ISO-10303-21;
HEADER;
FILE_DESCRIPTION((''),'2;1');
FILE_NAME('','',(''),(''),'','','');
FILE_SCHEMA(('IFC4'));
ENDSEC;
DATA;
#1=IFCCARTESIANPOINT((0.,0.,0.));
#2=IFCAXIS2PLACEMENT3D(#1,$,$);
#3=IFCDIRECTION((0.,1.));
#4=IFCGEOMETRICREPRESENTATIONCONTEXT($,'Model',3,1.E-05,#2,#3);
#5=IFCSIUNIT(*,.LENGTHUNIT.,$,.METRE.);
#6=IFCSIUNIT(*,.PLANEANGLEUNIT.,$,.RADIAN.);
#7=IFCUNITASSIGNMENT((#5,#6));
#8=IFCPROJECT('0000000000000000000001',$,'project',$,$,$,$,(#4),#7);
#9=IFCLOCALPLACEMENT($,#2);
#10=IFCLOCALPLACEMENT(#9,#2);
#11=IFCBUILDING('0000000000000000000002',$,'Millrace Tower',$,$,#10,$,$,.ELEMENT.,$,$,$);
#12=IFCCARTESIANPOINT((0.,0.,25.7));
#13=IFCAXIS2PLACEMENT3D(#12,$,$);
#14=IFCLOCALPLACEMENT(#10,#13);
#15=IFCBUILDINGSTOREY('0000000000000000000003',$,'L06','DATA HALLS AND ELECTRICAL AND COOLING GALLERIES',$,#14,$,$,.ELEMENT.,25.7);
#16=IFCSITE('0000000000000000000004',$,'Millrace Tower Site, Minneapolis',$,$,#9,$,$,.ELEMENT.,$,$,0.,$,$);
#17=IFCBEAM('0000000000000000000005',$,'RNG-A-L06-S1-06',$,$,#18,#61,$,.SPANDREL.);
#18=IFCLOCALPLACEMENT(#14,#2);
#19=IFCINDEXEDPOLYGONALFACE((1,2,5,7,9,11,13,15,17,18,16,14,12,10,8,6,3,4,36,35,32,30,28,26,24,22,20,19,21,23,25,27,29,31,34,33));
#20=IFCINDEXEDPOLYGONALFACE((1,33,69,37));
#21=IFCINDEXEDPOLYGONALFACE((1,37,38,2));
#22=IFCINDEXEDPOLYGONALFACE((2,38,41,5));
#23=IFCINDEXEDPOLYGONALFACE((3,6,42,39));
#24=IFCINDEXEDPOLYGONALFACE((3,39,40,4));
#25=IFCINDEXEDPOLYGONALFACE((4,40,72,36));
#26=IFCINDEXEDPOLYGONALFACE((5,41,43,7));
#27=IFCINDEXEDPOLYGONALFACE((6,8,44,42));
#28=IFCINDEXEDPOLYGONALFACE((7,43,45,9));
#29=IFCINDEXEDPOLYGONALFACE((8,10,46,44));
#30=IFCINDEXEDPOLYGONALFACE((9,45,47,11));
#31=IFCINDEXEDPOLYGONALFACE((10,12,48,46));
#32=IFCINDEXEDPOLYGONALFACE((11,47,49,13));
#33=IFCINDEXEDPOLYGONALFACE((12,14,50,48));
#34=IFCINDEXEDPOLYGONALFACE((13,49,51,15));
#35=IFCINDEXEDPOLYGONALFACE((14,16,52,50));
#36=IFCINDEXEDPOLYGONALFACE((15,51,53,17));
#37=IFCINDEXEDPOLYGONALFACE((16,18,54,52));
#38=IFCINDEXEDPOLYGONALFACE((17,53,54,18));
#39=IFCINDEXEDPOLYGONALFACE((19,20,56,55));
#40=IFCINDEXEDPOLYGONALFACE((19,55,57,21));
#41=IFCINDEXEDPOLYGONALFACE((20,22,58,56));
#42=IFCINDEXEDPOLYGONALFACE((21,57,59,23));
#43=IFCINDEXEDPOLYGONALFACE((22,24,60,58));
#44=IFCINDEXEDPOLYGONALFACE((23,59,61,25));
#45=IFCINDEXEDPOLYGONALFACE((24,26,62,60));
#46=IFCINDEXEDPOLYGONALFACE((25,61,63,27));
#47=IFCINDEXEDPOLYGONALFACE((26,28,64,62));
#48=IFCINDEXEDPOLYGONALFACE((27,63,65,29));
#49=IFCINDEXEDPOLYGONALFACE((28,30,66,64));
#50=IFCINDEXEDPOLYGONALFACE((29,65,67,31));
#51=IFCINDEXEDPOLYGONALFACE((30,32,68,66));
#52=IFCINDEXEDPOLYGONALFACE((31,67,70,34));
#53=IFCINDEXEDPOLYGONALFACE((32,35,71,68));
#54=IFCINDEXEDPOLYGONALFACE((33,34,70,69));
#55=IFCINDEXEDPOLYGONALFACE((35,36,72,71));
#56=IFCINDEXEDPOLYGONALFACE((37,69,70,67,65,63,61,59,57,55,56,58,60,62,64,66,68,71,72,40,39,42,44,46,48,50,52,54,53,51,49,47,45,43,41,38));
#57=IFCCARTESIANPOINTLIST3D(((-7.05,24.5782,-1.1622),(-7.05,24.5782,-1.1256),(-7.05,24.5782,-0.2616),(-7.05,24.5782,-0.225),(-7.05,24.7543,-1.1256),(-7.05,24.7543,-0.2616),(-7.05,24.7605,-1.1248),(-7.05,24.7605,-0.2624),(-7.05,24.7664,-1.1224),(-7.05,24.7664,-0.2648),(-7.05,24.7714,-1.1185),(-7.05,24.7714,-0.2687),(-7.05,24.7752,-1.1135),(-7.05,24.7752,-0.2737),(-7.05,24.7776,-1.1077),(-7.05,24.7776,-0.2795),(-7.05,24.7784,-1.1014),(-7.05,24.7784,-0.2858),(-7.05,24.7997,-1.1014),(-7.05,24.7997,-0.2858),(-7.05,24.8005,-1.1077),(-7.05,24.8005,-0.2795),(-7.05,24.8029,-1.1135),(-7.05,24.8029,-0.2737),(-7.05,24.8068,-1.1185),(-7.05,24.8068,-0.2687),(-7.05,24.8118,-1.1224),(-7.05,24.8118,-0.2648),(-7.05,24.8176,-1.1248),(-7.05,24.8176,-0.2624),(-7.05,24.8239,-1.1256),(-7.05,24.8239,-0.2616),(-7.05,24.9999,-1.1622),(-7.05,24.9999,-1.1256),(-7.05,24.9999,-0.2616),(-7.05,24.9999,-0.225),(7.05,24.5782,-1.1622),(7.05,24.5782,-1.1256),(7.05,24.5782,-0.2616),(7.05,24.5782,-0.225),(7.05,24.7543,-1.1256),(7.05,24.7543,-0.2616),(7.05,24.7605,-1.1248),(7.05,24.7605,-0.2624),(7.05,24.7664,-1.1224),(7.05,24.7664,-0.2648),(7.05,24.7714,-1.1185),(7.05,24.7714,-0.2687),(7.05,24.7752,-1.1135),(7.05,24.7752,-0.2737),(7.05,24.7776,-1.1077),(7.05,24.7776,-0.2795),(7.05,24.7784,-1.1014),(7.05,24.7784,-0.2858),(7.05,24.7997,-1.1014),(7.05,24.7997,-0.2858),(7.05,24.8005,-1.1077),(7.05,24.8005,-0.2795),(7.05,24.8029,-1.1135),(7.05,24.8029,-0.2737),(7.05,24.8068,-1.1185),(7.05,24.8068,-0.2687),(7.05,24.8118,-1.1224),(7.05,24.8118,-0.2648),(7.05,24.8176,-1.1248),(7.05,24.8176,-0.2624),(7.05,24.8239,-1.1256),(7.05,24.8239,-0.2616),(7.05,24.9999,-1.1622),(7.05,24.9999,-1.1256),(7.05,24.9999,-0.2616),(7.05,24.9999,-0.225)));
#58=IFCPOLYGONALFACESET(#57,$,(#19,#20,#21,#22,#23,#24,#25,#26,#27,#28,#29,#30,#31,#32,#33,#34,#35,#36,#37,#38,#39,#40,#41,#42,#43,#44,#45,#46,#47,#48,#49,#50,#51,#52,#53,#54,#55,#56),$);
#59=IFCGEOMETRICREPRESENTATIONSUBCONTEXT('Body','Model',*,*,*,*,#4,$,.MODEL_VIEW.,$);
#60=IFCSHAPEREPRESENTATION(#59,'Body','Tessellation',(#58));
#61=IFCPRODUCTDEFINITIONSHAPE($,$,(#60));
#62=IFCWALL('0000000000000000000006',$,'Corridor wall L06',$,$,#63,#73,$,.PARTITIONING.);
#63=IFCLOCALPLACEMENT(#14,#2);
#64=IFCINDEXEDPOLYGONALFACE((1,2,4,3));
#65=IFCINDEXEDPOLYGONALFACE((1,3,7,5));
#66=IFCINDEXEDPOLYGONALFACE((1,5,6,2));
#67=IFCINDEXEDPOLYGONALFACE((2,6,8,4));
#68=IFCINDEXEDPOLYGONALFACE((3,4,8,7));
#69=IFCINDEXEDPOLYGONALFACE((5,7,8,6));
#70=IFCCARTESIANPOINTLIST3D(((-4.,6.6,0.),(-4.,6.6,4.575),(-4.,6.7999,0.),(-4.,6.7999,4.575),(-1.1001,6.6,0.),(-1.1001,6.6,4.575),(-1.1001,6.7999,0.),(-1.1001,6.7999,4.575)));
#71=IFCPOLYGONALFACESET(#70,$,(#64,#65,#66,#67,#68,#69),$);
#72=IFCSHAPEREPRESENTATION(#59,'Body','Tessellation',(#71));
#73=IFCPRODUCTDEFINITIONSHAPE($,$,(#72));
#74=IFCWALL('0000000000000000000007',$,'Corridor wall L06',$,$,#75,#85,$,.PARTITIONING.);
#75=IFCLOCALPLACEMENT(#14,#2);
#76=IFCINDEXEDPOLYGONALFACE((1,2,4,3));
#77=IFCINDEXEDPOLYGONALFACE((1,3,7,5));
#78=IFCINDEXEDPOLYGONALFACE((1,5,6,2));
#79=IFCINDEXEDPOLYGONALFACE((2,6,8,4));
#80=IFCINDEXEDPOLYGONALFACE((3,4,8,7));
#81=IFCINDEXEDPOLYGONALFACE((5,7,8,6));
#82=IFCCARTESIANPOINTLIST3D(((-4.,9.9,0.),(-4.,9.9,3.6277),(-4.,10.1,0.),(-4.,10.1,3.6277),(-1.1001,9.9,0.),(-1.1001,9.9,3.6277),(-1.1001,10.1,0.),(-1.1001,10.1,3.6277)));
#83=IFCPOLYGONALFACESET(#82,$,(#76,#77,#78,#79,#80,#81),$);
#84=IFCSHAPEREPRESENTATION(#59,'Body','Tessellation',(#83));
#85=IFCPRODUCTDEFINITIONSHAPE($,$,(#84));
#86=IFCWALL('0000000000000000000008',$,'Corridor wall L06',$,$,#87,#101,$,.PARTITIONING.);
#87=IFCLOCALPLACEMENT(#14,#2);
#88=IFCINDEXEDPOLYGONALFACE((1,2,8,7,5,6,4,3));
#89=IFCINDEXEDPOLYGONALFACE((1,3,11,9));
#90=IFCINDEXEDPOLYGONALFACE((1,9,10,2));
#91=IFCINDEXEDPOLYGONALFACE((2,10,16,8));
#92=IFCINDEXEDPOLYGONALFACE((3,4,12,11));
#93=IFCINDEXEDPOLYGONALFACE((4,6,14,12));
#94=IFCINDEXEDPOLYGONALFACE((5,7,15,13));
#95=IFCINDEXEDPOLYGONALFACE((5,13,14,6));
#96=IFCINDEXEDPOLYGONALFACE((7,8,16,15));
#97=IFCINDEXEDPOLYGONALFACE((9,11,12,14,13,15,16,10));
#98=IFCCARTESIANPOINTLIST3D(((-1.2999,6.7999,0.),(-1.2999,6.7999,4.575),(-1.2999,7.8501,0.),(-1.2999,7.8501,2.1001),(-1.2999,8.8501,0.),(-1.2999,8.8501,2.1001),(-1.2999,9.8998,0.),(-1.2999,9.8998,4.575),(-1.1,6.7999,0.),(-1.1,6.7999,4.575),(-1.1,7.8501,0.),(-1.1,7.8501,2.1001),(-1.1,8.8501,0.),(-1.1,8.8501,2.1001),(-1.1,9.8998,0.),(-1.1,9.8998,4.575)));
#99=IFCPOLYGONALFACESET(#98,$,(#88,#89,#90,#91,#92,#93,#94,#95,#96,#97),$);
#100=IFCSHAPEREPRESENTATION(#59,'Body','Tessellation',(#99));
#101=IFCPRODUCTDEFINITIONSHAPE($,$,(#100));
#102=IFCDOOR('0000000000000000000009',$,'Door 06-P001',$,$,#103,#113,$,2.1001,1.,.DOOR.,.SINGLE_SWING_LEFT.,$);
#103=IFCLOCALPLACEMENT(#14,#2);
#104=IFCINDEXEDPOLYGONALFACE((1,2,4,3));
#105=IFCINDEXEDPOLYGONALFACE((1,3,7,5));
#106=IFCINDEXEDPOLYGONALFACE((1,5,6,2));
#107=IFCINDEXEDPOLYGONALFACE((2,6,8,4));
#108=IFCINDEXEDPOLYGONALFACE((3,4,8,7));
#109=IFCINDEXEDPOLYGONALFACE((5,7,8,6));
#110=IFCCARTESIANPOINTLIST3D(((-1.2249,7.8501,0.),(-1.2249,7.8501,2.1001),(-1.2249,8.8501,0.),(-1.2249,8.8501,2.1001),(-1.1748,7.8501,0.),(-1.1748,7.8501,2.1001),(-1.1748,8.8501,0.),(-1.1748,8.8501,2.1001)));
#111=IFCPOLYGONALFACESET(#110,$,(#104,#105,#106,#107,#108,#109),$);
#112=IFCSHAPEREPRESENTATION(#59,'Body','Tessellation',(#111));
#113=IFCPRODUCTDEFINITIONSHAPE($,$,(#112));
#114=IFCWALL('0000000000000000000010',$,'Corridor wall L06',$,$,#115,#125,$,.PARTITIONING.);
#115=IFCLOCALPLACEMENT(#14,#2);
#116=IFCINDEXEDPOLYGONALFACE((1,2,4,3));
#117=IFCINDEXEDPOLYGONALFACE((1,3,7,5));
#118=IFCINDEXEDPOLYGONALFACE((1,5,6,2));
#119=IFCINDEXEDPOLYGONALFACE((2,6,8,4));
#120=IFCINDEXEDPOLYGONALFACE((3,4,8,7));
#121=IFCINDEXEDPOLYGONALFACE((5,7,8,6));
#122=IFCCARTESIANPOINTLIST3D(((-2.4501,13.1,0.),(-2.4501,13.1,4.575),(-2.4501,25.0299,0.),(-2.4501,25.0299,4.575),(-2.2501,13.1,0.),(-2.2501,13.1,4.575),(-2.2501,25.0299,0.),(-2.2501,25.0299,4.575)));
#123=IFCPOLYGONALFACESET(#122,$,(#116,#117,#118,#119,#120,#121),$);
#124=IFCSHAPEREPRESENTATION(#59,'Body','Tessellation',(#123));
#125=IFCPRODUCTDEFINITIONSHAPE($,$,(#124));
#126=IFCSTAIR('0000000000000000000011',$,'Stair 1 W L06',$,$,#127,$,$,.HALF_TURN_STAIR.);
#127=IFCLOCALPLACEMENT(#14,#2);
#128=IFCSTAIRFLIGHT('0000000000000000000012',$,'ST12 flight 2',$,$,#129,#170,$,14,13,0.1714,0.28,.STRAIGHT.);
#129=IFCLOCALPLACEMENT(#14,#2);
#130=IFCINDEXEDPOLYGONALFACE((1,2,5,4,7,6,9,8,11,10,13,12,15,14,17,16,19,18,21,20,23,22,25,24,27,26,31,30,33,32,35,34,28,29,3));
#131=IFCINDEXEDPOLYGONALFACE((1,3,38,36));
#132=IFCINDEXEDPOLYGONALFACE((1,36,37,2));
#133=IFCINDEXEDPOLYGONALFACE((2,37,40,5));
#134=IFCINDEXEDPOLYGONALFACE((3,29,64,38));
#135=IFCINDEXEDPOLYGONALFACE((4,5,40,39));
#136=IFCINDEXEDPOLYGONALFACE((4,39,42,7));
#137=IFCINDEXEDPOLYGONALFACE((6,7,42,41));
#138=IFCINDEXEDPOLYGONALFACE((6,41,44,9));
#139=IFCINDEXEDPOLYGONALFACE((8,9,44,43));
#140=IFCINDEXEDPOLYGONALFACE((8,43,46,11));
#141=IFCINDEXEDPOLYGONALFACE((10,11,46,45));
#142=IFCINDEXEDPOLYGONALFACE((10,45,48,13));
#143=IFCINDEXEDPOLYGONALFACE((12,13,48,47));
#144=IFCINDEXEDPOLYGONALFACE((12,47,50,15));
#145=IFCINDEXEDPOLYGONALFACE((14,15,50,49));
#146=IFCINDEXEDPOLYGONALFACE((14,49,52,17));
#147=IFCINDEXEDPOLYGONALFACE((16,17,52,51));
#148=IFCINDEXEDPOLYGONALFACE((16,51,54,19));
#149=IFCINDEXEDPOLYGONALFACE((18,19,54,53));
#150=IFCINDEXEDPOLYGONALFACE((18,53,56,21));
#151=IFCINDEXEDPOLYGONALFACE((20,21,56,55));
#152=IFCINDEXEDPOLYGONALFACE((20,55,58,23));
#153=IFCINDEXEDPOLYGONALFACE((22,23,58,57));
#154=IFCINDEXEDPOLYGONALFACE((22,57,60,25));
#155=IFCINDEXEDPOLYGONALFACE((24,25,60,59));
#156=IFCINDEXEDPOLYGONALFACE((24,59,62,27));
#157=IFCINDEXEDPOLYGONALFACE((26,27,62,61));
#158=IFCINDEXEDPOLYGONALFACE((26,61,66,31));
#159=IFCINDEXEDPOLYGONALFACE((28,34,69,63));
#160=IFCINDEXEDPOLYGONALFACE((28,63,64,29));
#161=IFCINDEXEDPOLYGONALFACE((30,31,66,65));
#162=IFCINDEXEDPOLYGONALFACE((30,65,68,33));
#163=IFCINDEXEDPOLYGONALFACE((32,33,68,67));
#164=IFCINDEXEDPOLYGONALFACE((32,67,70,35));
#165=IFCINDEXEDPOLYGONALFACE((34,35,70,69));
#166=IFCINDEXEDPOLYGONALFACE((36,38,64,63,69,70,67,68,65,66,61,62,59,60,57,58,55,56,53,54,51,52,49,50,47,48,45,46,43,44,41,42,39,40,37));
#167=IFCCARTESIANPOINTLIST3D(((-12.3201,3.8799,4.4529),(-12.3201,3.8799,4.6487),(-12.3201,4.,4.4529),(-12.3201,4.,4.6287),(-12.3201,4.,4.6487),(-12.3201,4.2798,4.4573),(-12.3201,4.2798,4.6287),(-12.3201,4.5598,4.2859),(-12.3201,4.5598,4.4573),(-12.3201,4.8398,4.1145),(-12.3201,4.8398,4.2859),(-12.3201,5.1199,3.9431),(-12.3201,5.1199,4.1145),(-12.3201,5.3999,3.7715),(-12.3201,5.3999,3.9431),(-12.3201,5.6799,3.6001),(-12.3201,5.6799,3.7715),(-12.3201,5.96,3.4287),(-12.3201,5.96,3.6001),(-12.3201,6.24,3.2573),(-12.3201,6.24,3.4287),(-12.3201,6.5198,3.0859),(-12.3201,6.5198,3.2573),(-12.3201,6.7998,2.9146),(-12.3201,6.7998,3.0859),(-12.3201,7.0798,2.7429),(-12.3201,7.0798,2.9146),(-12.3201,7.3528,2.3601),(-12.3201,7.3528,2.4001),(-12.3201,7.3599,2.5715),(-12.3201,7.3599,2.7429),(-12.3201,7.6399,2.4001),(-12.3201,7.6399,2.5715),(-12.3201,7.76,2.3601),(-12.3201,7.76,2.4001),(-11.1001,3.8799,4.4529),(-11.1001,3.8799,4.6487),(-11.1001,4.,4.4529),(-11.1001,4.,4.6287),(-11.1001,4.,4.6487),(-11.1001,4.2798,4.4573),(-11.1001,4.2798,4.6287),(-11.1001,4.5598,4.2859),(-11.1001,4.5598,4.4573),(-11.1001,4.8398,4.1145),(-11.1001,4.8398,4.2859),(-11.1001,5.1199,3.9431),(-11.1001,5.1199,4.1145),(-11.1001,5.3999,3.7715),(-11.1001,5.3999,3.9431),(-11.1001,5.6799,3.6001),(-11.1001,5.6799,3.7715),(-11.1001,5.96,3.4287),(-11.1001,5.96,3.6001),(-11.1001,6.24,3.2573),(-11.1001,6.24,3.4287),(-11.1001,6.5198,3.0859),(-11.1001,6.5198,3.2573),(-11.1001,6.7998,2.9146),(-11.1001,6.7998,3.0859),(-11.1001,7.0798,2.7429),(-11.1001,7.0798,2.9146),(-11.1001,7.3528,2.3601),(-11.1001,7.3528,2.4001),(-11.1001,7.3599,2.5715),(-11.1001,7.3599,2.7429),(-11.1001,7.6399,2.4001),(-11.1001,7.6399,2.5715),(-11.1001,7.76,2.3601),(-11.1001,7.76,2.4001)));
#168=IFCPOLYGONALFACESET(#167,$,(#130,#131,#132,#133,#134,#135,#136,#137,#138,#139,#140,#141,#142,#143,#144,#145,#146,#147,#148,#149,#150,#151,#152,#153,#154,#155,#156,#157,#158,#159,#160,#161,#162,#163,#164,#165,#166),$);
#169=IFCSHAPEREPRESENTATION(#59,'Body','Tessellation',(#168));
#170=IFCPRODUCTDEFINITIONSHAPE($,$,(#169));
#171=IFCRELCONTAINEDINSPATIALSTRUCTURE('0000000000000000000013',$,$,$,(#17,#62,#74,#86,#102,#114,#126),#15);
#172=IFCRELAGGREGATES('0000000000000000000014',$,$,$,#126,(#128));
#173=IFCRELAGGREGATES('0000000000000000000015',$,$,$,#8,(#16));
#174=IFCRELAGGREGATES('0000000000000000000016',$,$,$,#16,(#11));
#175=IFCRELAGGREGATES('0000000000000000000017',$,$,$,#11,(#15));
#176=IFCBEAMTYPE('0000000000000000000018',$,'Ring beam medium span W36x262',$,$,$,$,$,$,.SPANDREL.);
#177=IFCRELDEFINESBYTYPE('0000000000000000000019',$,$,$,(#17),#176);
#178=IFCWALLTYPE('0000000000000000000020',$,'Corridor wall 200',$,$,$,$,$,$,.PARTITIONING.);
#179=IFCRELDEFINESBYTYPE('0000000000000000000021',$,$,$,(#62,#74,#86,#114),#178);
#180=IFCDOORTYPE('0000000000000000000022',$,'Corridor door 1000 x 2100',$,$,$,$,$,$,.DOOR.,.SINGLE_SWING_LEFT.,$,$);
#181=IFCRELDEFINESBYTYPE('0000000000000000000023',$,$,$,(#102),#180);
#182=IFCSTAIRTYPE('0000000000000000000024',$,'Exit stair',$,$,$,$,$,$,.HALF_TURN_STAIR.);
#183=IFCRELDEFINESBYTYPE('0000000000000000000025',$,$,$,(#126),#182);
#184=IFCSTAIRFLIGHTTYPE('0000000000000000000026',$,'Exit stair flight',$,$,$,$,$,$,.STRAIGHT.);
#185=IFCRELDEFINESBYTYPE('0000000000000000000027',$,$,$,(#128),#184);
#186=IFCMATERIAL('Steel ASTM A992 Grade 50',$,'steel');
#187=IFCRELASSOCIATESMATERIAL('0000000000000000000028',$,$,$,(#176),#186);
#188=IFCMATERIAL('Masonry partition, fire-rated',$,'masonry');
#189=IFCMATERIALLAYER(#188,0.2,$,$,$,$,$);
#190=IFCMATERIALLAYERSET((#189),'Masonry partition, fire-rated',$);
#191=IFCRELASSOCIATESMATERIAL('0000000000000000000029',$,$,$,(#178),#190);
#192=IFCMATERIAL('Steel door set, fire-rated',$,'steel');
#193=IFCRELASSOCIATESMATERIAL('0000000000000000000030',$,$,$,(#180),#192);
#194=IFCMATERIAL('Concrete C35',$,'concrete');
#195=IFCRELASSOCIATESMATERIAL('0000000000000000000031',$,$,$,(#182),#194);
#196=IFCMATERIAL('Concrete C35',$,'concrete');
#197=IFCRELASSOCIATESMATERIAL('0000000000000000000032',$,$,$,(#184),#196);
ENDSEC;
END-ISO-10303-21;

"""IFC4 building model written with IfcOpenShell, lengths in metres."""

from ifc_helpers import new_model, si_unit, direction, frame, frame_2d, origin, origin_2d, place, context, subcontext, project, spatial, polyline, rectangle, i_section, outline, extrude, material, layer, layer_set, material_profile, profile_set, type_object, element, fill, aggregate, save


model = new_model("IFC4")

# Units and contexts
model_context = context("Model", 3, precision=1e-05, world=origin(), true_north=direction((0.0, 1.0)))
body_context = subcontext(model_context, "Body", "Model", "MODEL_VIEW")
ifc_project = project(units=[si_unit("LENGTHUNIT", "METRE"), si_unit("PLANEANGLEUNIT", "RADIAN")], contexts=[model_context])

# Site, building, storey
site_placement = place(None, origin())
site = spatial("IfcSite", under=ifc_project, at=site_placement, Name="Millrace Tower Site, Minneapolis", CompositionType="ELEMENT", RefElevation=0.0)
building_placement = place(site_placement, origin())
building = spatial("IfcBuilding", under=site, at=building_placement, Name="Millrace Tower", CompositionType="ELEMENT")
storey_placement = place(building_placement, frame((0.0, 0.0, 25.7)))
storey = spatial("IfcBuildingStorey", under=building, at=storey_placement, Name="L06", Description="DATA HALLS AND ELECTRICAL AND COOLING GALLERIES", CompositionType="ELEMENT", Elevation=25.7)

# Shared definitions
placement = place(storey_placement, origin())

# Beam
ifc_material_1 = material(Name="Steel ASTM A992 Grade 50", Category="steel")
ifc_material_profile_1 = material_profile(ifc_material_1, i_section(OverallWidth=0.4216, OverallDepth=0.9373, WebThickness=0.0212, FlangeThickness=0.0366, FilletRadius=0.0242, at=origin_2d()))
ifc_profile_set_1 = profile_set([ifc_material_profile_1], Name="Steel ASTM A992 Grade 50")
beam_type_1 = type_object("IfcBeamType", Name="Ring beam medium span W36x262", PredefinedType="SPANDREL", material=ifc_profile_set_1)
beam_1_placement = place(storey_placement, frame((-7.05, 24.7891, -0.6936), z_axis=(1.0, 0.0, 0.0), x_axis=(0.0, 1.0, 0.0)))
element("IfcBeam", 1, at=beam_1_placement, inside=storey, type_object=beam_type_1, Name="RNG-A-L06-S1-06", PredefinedType="SPANDREL", context=body_context, shape_type="SweptSolid", body=[
    extrude(i_section(OverallWidth=0.4216, OverallDepth=0.9373, WebThickness=0.0212, FlangeThickness=0.0366, FilletRadius=0.0242, at=origin_2d()), origin(), (0.0, 0.0, 1.0), 14.1001),
])

# Walls
ifc_material_2 = material(Name="Masonry partition, fire-rated", Category="masonry")
ifc_layer_1 = layer(ifc_material_2, 0.2)
ifc_layer_set_1 = layer_set([ifc_layer_1], Name="Masonry partition, fire-rated")
wall_type = type_object("IfcWallType", Name="Corridor wall 200", PredefinedType="PARTITIONING", material=ifc_layer_set_1)
wall_1_placement = place(storey_placement, frame((-4.0, 6.7, 0.0), z_axis=(0.0, 0.0, 1.0), x_axis=(1.0, 0.0, 0.0)))
element("IfcWall", 2, at=wall_1_placement, inside=storey, type_object=wall_type, Name="Corridor wall L06", PredefinedType="PARTITIONING", context=body_context, shape_type="SweptSolid", body=[
    extrude(rectangle(XDim=2.8999, YDim=0.2, at=frame_2d((1.45, 0.0))), origin(), (0.0, 0.0, 1.0), 4.575),
])
wall_2_placement = place(storey_placement, frame((-4.0, 10.0, 0.0), z_axis=(0.0, 0.0, 1.0), x_axis=(1.0, 0.0, 0.0)))
element("IfcWall", 3, at=wall_2_placement, inside=storey, type_object=wall_type, Name="Corridor wall L06", PredefinedType="PARTITIONING", context=body_context, shape_type="SweptSolid", body=[
    extrude(rectangle(XDim=2.8999, YDim=0.2, at=frame_2d((1.45, 0.0))), origin(), (0.0, 0.0, 1.0), 3.6277),
])

# Wall, opening, door
wall_3_placement = place(storey_placement, frame((-1.2, 6.8, 0.0), z_axis=(0.0, 0.0, 1.0), x_axis=(0.0, 1.0, 0.0)))
wall_3 = element("IfcWall", 4, at=wall_3_placement, inside=storey, type_object=wall_type, Name="Corridor wall L06", PredefinedType="PARTITIONING", context=body_context, shape_type="SweptSolid", body=[
    extrude(rectangle(XDim=3.0999, YDim=0.2, at=frame_2d((1.5498, 0.0))), origin(), (0.0, 0.0, 1.0), 4.575),
])
opening_placement = place(wall_3_placement, frame((1.05, 0.0, 0.0)))
opening = element("IfcOpeningElement", 5, at=opening_placement, cuts=wall_3, PredefinedType="OPENING", context=body_context, shape_type="SweptSolid", body=[
    extrude(rectangle(XDim=1.0, YDim=2.1001, at=frame_2d((0.5, 1.05))), frame((0.0, 0.1099, 0.0), z_axis=(0.0, -1.0, 0.0), x_axis=(1.0, 0.0, 0.0)), (0.0, 0.0, 1.0), 0.22),
])
ifc_material_3 = material(Name="Steel door set, fire-rated", Category="steel")
door_type = type_object("IfcDoorType", Name="Corridor door 1000 x 2100", OperationType="SINGLE_SWING_LEFT", PredefinedType="DOOR", material=ifc_material_3)
door_placement = place(opening_placement, origin())
door = element("IfcDoor", 6, at=door_placement, inside=storey, type_object=door_type, Name="Door 06-P001", OperationType="SINGLE_SWING_LEFT", OverallHeight=2.1001, OverallWidth=1.0, PredefinedType="DOOR", context=body_context, shape_type="SweptSolid", body=[
    extrude(rectangle(XDim=1.0, YDim=2.1001, at=frame_2d((0.5, 1.05))), frame((0.0, 0.0249, 0.0), z_axis=(0.0, -1.0, 0.0), x_axis=(1.0, 0.0, 0.0)), (0.0, 0.0, 1.0), 0.05),
])
fill(opening, door)

# Wall
wall_4_placement = place(storey_placement, frame((-2.3501, 13.1001, 0.0), z_axis=(0.0, 0.0, 1.0), x_axis=(0.0, 1.0, 0.0)))
element("IfcWall", 7, at=wall_4_placement, inside=storey, type_object=wall_type, Name="Corridor wall L06", PredefinedType="PARTITIONING", context=body_context, shape_type="SweptSolid", body=[
    extrude(rectangle(XDim=11.9299, YDim=0.2, at=frame_2d((5.9648, 0.0))), origin(), (0.0, 0.0, 1.0), 4.575),
])

# Stair, stair flight
ifc_material_4 = material(Name="Concrete C35", Category="concrete")
stair_type = type_object("IfcStairType", Name="Exit stair", PredefinedType="HALF_TURN_STAIR", material=ifc_material_4)
stair_1 = element("IfcStair", 8, at=placement, inside=storey, type_object=stair_type, Name="Stair 1 W L06", PredefinedType="HALF_TURN_STAIR")
ifc_material_5 = material(Name="Concrete C35", Category="concrete")
stair_flight_type = type_object("IfcStairFlightType", Name="Exit stair flight", PredefinedType="STRAIGHT", material=ifc_material_5)
stair_flight_1_placement = place(storey_placement, frame((-11.71, 7.6399, 2.4001), z_axis=(0.0, 0.0, 1.0), x_axis=(0.0, -1.0, 0.0)))
stair_flight_1 = element("IfcStairFlight", 9, at=stair_flight_1_placement, type_object=stair_flight_type, Name="ST12 flight 2", NumberOfRisers=14, NumberOfTreads=13, PredefinedType="STRAIGHT", RiserHeight=0.1714, TreadLength=0.28, context=body_context, shape_type="SweptSolid", body=[
    extrude(outline(polyline([(-0.1201, -0.04), (-0.1201, 0.0), (0.0, 0.0), (0.0, 0.1714), (0.28, 0.1714), (0.28, 0.3428), (0.5601, 0.3428), (0.5601, 0.5144), (0.8401, 0.5144), (0.8401, 0.6858), (1.1201, 0.6858), (1.1201, 0.8572), (1.3999, 0.8572), (1.3999, 1.0286), (1.6799, 1.0286), (1.6799, 1.2), (1.96, 1.2), (1.96, 1.3713), (2.24, 1.3713), (2.24, 1.543), (2.52, 1.543), (2.52, 1.7144), (2.8, 1.7144), (2.8, 1.8857), (3.0801, 1.8857), (3.0801, 2.0571), (3.3601, 2.0571), (3.3601, 2.2285), (3.6399, 2.2285), (3.6399, 2.2485), (3.76, 2.2485), (3.76, 2.0527), (3.6399, 2.0527), (0.2871, 0.0), (0.2871, -0.04), (-0.1201, -0.04)])), frame((0.0, 0.6099, 0.0), z_axis=(0.0, -1.0, 0.0), x_axis=(1.0, 0.0, 0.0)), (0.0, 0.0, 1.0), 1.22),
])
aggregate(stair_1, [stair_flight_1])

save(model, "model.ifc")
